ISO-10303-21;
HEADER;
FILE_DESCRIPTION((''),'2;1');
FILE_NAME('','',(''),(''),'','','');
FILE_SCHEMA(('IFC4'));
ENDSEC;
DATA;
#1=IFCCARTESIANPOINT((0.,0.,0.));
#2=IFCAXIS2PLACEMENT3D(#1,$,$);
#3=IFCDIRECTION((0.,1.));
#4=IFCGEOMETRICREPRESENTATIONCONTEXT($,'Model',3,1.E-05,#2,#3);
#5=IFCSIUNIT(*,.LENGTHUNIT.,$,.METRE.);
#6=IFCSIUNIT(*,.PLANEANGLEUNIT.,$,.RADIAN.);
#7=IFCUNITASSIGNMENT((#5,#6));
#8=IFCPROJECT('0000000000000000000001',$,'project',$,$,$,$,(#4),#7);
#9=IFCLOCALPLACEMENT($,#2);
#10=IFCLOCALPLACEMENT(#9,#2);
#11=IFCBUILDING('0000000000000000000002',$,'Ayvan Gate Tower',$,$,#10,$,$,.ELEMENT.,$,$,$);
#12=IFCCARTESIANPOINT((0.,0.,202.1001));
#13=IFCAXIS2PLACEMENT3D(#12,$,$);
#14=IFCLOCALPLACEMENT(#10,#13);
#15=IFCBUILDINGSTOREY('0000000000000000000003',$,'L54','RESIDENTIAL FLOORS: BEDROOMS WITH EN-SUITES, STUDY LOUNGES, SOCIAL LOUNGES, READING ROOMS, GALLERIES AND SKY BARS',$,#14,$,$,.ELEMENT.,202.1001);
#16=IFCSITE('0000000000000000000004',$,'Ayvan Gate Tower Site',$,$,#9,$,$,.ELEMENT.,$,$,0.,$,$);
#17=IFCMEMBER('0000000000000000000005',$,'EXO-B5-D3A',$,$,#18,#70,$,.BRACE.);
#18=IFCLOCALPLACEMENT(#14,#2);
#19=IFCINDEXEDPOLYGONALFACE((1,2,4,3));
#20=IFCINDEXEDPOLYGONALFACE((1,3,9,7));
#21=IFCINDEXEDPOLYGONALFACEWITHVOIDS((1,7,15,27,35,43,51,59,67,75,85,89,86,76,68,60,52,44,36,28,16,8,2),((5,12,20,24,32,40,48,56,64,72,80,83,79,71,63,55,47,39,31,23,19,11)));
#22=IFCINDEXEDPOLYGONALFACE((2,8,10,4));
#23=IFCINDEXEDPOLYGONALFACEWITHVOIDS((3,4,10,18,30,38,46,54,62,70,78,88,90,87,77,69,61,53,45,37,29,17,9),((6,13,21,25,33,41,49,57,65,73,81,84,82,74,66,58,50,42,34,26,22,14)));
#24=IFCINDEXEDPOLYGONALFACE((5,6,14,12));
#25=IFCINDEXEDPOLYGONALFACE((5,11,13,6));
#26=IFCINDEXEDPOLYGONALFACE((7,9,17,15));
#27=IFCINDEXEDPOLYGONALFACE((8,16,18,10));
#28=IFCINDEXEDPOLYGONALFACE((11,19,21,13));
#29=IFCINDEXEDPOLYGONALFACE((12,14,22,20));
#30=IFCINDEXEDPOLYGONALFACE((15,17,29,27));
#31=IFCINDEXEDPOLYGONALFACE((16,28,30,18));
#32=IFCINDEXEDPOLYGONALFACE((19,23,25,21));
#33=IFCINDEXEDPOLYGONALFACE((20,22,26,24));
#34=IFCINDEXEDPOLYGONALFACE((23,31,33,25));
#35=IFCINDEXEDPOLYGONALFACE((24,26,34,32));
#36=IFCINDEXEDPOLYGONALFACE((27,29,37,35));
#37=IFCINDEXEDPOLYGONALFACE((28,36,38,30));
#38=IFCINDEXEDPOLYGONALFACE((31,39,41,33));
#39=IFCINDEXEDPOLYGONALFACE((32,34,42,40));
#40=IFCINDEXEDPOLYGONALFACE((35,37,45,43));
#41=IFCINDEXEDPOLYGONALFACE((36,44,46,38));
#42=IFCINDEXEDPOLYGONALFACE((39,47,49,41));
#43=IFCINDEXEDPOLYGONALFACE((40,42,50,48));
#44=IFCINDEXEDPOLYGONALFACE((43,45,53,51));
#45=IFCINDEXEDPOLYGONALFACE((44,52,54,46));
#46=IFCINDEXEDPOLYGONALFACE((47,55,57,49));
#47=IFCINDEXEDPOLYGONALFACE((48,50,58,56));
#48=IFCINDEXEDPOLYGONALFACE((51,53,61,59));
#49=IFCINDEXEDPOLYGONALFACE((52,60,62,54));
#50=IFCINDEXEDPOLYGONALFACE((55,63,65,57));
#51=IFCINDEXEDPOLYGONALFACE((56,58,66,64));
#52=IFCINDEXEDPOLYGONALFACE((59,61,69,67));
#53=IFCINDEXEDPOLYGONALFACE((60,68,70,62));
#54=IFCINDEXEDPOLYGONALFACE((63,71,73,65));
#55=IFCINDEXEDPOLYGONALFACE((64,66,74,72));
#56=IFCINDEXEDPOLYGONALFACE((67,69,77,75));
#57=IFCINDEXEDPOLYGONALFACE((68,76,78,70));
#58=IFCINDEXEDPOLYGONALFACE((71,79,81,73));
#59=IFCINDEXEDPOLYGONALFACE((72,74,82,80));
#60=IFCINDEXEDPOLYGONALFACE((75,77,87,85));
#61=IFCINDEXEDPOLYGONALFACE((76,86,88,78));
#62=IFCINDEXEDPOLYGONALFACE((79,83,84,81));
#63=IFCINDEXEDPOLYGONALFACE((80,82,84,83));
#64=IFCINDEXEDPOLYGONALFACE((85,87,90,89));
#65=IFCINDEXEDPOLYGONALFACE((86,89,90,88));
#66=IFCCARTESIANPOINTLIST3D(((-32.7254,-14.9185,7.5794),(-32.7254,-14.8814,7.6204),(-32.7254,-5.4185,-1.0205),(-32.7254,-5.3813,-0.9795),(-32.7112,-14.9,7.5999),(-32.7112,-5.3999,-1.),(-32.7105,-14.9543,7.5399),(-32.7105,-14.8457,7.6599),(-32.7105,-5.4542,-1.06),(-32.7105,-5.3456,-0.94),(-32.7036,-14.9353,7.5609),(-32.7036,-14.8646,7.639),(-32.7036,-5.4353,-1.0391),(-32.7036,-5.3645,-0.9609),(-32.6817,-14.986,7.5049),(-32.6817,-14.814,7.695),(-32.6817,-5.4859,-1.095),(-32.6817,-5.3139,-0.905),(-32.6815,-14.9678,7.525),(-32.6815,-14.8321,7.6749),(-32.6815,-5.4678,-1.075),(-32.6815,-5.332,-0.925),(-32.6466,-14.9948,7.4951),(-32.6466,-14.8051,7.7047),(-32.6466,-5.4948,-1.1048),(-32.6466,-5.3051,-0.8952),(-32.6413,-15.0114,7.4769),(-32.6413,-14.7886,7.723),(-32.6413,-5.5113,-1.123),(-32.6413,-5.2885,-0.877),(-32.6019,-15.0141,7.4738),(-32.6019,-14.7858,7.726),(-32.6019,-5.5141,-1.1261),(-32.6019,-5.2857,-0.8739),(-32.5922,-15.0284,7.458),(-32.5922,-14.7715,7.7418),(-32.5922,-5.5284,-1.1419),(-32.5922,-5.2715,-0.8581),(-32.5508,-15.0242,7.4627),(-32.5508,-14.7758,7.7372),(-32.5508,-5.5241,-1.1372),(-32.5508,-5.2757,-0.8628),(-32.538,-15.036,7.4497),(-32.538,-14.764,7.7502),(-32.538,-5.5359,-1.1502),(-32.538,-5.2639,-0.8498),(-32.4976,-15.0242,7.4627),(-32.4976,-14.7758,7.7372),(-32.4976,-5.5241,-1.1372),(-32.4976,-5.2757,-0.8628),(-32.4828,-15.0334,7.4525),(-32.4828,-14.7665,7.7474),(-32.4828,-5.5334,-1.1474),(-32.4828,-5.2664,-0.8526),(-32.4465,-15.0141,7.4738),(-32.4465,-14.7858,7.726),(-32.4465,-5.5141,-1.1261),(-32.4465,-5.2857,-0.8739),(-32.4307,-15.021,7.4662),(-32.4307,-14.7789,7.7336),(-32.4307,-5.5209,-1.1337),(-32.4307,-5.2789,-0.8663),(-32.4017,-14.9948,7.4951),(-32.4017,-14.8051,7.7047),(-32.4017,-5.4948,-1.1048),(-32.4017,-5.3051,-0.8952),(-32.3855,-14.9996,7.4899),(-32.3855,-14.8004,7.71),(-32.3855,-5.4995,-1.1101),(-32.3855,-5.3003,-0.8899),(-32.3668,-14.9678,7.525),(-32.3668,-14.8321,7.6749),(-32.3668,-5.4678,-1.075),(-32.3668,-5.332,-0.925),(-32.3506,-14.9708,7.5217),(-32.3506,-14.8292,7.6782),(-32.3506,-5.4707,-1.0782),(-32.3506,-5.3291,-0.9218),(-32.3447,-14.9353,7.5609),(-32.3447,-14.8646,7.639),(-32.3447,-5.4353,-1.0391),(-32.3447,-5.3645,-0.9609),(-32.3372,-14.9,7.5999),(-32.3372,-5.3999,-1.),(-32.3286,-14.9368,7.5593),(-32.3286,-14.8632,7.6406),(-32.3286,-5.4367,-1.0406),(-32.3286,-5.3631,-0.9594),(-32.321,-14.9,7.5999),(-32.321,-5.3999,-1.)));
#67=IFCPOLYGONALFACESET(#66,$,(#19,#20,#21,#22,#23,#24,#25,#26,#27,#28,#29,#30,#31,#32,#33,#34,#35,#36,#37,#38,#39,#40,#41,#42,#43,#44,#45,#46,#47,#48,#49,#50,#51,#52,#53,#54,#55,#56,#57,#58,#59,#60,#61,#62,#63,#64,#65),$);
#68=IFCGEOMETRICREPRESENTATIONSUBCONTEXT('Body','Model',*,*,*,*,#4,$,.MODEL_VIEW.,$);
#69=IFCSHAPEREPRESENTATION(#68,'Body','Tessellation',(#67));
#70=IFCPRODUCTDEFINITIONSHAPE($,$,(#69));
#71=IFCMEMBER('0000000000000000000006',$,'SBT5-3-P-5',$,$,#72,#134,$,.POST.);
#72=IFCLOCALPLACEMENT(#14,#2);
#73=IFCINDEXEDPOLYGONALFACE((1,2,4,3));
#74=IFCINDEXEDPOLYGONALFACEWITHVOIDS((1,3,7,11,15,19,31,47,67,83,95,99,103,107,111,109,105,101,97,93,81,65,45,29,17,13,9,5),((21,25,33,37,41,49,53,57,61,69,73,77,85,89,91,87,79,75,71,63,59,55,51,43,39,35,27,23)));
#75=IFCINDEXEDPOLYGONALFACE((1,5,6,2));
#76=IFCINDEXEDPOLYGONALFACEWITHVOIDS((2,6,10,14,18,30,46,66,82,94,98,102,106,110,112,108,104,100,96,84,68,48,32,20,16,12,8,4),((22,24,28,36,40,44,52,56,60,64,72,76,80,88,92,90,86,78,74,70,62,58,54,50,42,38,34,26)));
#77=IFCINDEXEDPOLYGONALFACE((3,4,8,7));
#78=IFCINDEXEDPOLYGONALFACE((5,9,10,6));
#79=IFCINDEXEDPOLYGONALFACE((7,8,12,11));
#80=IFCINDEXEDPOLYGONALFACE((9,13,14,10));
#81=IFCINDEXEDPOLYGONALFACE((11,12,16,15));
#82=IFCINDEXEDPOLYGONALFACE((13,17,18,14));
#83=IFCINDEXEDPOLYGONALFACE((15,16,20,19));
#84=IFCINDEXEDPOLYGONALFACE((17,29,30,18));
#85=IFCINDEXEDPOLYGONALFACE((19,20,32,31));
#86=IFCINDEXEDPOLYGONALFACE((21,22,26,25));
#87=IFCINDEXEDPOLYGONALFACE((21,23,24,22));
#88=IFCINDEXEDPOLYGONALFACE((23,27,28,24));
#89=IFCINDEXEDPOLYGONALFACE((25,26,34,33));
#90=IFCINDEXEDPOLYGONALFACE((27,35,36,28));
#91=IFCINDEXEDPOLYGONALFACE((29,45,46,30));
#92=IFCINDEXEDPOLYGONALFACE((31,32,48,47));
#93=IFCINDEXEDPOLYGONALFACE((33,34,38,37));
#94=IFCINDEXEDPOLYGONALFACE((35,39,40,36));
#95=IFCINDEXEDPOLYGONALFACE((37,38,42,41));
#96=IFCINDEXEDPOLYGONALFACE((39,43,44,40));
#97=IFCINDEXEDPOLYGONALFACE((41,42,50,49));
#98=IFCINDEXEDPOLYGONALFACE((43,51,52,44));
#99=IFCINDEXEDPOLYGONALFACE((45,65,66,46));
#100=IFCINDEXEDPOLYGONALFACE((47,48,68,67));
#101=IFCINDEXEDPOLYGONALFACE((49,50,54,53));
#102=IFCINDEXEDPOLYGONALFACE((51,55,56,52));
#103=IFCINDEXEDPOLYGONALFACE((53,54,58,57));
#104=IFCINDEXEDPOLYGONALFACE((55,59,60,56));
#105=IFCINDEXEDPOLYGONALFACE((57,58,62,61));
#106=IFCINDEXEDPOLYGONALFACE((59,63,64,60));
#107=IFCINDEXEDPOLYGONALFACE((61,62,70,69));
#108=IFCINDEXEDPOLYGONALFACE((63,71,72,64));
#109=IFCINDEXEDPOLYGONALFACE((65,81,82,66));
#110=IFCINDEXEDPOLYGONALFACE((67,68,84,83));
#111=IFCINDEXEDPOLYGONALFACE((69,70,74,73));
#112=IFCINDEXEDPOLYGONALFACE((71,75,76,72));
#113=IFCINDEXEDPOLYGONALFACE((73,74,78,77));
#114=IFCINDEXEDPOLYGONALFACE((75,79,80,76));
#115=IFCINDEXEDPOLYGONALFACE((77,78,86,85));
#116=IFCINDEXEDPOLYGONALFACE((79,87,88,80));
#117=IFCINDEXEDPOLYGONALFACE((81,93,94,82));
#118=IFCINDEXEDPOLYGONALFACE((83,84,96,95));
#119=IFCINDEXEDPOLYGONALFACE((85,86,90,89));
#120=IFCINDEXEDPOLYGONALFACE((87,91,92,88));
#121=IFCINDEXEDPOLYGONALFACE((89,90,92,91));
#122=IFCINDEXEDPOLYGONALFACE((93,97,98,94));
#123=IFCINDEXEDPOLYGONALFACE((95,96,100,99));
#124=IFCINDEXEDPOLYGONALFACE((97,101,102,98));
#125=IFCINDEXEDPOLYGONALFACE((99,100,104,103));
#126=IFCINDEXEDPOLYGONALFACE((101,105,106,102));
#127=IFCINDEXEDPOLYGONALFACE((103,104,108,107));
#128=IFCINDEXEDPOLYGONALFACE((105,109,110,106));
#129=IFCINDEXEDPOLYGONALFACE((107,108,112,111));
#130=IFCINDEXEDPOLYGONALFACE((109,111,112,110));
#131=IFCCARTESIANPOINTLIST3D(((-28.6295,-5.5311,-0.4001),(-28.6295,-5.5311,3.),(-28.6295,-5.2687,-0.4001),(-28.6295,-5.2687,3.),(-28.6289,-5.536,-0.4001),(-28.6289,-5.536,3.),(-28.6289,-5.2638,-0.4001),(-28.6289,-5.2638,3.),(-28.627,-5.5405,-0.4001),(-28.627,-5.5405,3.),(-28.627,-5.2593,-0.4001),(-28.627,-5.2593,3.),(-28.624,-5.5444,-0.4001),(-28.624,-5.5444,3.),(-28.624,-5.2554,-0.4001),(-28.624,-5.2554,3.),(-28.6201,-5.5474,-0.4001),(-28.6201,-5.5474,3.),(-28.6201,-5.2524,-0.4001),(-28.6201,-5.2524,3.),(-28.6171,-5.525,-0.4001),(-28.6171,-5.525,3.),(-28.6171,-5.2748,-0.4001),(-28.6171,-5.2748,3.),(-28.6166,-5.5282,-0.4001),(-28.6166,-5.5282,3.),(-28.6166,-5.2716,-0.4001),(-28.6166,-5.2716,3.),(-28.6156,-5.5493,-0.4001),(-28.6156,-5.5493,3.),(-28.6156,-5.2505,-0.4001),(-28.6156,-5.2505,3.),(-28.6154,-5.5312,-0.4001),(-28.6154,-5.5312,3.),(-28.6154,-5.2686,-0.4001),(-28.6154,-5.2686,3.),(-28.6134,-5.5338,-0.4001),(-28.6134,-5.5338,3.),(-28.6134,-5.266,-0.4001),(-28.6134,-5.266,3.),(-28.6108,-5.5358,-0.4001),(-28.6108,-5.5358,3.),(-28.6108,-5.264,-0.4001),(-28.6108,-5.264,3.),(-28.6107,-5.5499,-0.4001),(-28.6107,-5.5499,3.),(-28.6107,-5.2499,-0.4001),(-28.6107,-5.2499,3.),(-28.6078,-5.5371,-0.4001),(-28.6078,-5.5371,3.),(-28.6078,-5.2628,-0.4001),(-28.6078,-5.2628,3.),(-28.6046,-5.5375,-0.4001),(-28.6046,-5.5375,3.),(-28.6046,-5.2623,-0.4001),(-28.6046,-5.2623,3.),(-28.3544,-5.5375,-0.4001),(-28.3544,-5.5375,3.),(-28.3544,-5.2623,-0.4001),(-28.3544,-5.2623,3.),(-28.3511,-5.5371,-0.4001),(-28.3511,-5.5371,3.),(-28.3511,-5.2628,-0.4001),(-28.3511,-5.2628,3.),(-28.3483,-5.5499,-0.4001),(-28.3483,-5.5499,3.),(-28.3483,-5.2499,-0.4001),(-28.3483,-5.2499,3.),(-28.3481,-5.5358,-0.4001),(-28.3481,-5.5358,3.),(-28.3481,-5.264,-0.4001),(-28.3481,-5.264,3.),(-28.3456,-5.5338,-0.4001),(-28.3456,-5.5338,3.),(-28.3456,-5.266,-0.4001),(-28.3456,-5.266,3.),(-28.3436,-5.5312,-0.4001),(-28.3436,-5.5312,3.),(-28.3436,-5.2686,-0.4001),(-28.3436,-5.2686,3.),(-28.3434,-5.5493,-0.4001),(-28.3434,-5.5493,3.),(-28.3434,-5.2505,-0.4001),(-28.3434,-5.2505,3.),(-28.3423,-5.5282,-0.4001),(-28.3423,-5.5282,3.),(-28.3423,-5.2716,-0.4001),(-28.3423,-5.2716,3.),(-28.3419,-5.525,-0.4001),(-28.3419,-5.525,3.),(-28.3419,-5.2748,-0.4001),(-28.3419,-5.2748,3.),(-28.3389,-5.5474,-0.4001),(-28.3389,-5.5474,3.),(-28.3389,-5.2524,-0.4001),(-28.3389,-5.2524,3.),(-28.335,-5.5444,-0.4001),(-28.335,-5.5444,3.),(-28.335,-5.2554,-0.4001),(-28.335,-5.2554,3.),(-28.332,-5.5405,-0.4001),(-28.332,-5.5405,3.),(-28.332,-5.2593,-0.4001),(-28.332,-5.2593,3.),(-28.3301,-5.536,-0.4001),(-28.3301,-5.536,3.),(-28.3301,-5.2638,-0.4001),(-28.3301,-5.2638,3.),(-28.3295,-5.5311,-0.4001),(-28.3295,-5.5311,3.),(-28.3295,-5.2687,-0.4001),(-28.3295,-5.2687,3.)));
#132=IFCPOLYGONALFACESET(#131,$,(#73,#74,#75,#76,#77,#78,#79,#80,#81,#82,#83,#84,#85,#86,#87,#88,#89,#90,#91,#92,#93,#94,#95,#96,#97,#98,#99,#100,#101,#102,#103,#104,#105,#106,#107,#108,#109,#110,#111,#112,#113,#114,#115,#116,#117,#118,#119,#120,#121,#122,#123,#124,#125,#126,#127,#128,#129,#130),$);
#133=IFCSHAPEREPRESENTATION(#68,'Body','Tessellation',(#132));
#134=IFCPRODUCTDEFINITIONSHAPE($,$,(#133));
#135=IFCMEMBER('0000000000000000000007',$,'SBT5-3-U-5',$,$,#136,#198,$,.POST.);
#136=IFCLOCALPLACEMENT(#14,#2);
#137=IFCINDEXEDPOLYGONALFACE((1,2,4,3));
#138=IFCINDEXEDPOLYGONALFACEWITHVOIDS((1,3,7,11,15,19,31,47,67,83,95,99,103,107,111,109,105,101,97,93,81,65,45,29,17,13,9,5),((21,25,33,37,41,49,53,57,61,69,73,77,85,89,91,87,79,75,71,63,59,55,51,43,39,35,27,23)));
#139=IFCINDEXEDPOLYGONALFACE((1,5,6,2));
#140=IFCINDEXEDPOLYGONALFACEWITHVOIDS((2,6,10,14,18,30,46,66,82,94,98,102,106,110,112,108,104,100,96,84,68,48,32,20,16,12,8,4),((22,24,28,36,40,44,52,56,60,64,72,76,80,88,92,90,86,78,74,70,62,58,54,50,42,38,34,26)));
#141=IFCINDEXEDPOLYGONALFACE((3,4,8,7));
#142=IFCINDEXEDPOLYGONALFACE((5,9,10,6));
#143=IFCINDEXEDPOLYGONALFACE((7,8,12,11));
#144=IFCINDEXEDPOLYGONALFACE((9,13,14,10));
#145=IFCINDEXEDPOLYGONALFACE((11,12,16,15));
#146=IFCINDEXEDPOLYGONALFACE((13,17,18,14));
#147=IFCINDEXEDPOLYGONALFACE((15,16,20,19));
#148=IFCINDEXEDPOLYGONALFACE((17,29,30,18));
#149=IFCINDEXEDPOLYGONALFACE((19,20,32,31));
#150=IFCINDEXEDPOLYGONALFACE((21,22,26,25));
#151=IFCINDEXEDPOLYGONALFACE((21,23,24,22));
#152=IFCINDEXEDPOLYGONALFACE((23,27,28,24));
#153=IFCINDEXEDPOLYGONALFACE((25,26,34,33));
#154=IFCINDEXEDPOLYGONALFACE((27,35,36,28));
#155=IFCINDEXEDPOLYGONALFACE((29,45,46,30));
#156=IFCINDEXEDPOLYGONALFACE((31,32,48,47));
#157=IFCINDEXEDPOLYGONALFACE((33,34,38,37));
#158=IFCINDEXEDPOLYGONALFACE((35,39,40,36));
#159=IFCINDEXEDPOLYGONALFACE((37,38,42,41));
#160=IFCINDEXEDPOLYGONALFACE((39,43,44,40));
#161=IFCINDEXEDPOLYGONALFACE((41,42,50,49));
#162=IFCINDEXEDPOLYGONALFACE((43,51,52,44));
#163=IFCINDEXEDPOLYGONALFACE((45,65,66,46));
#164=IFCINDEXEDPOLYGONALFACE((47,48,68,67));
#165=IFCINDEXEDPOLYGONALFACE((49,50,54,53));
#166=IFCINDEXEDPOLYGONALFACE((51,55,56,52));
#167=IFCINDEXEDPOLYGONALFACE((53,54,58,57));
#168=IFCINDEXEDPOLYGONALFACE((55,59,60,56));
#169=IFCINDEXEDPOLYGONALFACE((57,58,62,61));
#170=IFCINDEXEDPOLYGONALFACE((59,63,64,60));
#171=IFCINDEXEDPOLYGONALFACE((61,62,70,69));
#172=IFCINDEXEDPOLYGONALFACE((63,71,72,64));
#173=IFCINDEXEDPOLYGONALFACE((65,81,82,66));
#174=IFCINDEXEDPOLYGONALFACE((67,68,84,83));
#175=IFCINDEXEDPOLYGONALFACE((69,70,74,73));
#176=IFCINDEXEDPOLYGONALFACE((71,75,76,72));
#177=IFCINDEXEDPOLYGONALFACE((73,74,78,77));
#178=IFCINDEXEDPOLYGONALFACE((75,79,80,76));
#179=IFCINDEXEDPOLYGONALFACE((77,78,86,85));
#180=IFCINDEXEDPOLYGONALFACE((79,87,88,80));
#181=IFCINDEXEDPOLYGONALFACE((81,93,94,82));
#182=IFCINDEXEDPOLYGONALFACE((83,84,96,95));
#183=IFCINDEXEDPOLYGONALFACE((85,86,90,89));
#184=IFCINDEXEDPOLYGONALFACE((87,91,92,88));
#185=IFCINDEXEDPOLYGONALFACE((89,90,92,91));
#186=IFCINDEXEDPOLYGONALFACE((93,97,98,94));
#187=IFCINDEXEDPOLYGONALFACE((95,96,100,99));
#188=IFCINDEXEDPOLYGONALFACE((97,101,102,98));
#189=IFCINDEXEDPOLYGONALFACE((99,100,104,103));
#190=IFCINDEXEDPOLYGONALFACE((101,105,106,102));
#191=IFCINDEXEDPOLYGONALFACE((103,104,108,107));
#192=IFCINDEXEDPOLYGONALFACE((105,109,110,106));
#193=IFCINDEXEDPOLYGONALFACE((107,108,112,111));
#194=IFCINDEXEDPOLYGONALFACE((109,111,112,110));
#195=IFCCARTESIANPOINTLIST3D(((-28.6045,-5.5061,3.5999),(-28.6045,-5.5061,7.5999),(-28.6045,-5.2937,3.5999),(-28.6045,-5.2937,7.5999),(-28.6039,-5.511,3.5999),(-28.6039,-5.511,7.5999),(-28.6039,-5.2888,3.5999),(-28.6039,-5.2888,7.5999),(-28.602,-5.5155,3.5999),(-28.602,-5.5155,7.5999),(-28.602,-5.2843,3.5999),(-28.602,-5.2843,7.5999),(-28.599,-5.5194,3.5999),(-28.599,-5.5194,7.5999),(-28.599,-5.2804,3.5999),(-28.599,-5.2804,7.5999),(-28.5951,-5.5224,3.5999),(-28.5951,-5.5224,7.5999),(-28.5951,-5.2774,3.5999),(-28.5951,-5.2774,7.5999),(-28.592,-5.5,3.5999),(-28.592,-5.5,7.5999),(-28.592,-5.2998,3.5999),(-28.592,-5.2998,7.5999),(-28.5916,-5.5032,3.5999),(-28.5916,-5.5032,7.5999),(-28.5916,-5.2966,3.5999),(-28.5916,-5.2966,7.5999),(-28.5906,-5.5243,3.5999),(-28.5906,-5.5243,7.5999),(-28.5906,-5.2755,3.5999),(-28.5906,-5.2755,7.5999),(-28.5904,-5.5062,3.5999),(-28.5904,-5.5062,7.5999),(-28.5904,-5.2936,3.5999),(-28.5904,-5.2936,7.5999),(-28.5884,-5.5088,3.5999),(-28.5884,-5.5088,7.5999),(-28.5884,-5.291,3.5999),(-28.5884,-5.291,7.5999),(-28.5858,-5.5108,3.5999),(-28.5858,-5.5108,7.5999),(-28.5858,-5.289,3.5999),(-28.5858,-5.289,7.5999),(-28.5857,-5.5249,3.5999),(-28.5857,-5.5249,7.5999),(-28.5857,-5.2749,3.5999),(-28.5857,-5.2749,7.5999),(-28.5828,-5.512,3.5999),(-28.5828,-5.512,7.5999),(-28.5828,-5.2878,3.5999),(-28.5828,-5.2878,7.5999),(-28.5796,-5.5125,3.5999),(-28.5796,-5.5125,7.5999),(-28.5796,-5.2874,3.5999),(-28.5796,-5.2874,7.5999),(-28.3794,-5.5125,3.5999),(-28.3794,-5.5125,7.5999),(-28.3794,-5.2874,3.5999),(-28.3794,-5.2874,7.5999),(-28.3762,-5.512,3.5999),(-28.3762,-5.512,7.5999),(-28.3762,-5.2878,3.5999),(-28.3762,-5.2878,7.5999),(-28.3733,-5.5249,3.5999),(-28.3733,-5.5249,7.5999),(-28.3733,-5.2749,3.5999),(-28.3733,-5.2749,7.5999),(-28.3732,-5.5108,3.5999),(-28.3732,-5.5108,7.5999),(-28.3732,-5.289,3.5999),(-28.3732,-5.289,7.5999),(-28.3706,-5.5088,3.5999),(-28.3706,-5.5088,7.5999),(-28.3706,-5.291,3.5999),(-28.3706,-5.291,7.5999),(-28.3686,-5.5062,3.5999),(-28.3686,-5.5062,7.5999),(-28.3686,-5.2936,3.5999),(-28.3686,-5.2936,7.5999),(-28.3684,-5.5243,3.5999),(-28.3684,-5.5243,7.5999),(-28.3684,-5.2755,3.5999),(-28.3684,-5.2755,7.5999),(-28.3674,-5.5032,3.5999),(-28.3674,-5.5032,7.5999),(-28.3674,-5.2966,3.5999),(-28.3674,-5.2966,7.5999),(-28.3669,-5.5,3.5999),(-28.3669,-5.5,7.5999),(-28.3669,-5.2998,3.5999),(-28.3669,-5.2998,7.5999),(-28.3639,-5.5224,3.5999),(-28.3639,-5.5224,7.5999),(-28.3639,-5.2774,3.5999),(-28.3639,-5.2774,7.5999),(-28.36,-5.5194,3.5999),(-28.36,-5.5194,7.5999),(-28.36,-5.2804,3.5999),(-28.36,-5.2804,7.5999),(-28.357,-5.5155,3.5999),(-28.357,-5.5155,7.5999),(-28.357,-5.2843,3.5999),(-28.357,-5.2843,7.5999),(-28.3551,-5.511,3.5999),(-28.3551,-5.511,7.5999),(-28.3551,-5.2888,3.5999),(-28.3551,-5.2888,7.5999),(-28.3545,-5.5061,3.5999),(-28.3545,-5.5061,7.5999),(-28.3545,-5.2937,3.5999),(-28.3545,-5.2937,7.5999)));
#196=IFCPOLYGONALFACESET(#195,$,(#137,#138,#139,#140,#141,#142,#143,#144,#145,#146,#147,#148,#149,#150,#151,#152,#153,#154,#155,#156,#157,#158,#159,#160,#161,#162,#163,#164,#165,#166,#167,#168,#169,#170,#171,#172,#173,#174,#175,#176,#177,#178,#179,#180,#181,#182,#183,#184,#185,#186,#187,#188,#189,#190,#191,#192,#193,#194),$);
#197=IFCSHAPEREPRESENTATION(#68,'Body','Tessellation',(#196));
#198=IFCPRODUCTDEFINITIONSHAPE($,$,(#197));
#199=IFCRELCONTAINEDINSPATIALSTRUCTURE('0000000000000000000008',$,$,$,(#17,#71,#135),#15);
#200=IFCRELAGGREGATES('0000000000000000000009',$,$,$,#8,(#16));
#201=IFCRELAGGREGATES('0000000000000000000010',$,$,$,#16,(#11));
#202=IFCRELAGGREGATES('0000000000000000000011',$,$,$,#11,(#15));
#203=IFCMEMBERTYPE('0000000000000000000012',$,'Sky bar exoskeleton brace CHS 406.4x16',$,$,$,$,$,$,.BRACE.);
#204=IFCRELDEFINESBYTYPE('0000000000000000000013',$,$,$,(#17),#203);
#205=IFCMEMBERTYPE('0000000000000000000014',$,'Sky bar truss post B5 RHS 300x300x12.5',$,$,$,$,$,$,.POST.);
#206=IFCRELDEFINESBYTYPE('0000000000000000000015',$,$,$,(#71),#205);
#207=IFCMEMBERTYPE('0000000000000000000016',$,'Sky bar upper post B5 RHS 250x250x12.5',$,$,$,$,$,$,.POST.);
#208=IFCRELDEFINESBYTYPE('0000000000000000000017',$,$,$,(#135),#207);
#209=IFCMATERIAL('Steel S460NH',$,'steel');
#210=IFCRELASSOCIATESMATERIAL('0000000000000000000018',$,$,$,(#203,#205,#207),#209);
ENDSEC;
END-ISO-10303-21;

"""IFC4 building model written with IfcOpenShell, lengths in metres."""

from ifc_helpers import new_model, si_unit, direction, frame, origin, origin_2d, place, context, subcontext, project, spatial, hollow_rectangle, hollow_circle, extrude, material, material_profile, profile_set, type_object, element, save


model = new_model("IFC4")

# Units and contexts
model_context = context("Model", 3, precision=1e-05, world=origin(), true_north=direction((0.0, 1.0)))
body_context = subcontext(model_context, "Body", "Model", "MODEL_VIEW")
ifc_project = project(units=[si_unit("LENGTHUNIT", "METRE"), si_unit("PLANEANGLEUNIT", "RADIAN")], contexts=[model_context])

# Site, building, storey
site_placement = place(None, origin())
site = spatial("IfcSite", under=ifc_project, at=site_placement, Name="Ayvan Gate Tower Site", CompositionType="ELEMENT", RefElevation=0.0)
building_placement = place(site_placement, origin())
building = spatial("IfcBuilding", under=site, at=building_placement, Name="Ayvan Gate Tower", CompositionType="ELEMENT")
storey_placement = place(building_placement, frame((0.0, 0.0, 202.1001)))
storey = spatial("IfcBuildingStorey", under=building, at=storey_placement, Name="L54", Description="RESIDENTIAL FLOORS: BEDROOMS WITH EN-SUITES, STUDY LOUNGES, SOCIAL LOUNGES, READING ROOMS, GALLERIES AND SKY BARS", CompositionType="ELEMENT", Elevation=202.1001)

# Members
ifc_material_1 = material(Name="Steel S460NH", Category="steel")
ifc_material_profile_1 = material_profile(ifc_material_1, hollow_circle(Radius=0.2031, WallThickness=0.0161, at=origin_2d()), Name="CHS 406.4x16")
ifc_profile_set_1 = profile_set([ifc_material_profile_1], Name="Steel S460NH")
member_type_1 = type_object("IfcMemberType", Name="Sky bar exoskeleton brace CHS 406.4x16", PredefinedType="BRACE", material=ifc_profile_set_1)
member_1_placement = place(storey_placement, frame((-32.5242, -5.3999, -1.0), z_axis=(0.0, -0.741357, 0.671111), x_axis=(1.0, 0.0, 0.0)))
element("IfcMember", 1, at=member_1_placement, inside=storey, type_object=member_type_1, Name="EXO-B5-D3A", PredefinedType="BRACE", context=body_context, shape_type="SweptSolid", body=[
    extrude(hollow_circle(Radius=0.2031, WallThickness=0.0161, at=origin_2d()), origin(), (0.0, 0.0, 1.0), 12.8145),
])
ifc_material_profile_2 = material_profile(ifc_material_1, hollow_rectangle(XDim=0.3, YDim=0.3, WallThickness=0.0125, InnerFilletRadius=0.0125, OuterFilletRadius=0.0188, at=origin_2d()), Name="RHS 300x300x12.5")
ifc_profile_set_2 = profile_set([ifc_material_profile_2], Name="Steel S460NH")
member_type_2 = type_object("IfcMemberType", Name="Sky bar truss post B5 RHS 300x300x12.5", PredefinedType="POST", material=ifc_profile_set_2)
member_2_placement = place(storey_placement, frame((-28.4795, -5.3999, -0.4001), z_axis=(0.0, 0.0, 1.0), x_axis=(1.0, 0.0, 0.0)))
element("IfcMember", 2, at=member_2_placement, inside=storey, type_object=member_type_2, Name="SBT5-3-P-5", PredefinedType="POST", context=body_context, shape_type="SweptSolid", body=[
    extrude(hollow_rectangle(XDim=0.3, YDim=0.3, WallThickness=0.0125, InnerFilletRadius=0.0125, OuterFilletRadius=0.0188, at=origin_2d()), origin(), (0.0, 0.0, 1.0), 3.4001),
])
ifc_material_profile_3 = material_profile(ifc_material_1, hollow_rectangle(XDim=0.25, YDim=0.25, WallThickness=0.0125, InnerFilletRadius=0.0125, OuterFilletRadius=0.0188, at=origin_2d()), Name="RHS 250x250x12.5")
ifc_profile_set_3 = profile_set([ifc_material_profile_3], Name="Steel S460NH")
member_type_3 = type_object("IfcMemberType", Name="Sky bar upper post B5 RHS 250x250x12.5", PredefinedType="POST", material=ifc_profile_set_3)
member_3_placement = place(storey_placement, frame((-28.4795, -5.3999, 3.5999), z_axis=(0.0, 0.0, 1.0), x_axis=(1.0, 0.0, 0.0)))
element("IfcMember", 3, at=member_3_placement, inside=storey, type_object=member_type_3, Name="SBT5-3-U-5", PredefinedType="POST", context=body_context, shape_type="SweptSolid", body=[
    extrude(hollow_rectangle(XDim=0.25, YDim=0.25, WallThickness=0.0125, InnerFilletRadius=0.0125, OuterFilletRadius=0.0188, at=origin_2d()), origin(), (0.0, 0.0, 1.0), 4.0),
])

save(model, "model.ifc")
